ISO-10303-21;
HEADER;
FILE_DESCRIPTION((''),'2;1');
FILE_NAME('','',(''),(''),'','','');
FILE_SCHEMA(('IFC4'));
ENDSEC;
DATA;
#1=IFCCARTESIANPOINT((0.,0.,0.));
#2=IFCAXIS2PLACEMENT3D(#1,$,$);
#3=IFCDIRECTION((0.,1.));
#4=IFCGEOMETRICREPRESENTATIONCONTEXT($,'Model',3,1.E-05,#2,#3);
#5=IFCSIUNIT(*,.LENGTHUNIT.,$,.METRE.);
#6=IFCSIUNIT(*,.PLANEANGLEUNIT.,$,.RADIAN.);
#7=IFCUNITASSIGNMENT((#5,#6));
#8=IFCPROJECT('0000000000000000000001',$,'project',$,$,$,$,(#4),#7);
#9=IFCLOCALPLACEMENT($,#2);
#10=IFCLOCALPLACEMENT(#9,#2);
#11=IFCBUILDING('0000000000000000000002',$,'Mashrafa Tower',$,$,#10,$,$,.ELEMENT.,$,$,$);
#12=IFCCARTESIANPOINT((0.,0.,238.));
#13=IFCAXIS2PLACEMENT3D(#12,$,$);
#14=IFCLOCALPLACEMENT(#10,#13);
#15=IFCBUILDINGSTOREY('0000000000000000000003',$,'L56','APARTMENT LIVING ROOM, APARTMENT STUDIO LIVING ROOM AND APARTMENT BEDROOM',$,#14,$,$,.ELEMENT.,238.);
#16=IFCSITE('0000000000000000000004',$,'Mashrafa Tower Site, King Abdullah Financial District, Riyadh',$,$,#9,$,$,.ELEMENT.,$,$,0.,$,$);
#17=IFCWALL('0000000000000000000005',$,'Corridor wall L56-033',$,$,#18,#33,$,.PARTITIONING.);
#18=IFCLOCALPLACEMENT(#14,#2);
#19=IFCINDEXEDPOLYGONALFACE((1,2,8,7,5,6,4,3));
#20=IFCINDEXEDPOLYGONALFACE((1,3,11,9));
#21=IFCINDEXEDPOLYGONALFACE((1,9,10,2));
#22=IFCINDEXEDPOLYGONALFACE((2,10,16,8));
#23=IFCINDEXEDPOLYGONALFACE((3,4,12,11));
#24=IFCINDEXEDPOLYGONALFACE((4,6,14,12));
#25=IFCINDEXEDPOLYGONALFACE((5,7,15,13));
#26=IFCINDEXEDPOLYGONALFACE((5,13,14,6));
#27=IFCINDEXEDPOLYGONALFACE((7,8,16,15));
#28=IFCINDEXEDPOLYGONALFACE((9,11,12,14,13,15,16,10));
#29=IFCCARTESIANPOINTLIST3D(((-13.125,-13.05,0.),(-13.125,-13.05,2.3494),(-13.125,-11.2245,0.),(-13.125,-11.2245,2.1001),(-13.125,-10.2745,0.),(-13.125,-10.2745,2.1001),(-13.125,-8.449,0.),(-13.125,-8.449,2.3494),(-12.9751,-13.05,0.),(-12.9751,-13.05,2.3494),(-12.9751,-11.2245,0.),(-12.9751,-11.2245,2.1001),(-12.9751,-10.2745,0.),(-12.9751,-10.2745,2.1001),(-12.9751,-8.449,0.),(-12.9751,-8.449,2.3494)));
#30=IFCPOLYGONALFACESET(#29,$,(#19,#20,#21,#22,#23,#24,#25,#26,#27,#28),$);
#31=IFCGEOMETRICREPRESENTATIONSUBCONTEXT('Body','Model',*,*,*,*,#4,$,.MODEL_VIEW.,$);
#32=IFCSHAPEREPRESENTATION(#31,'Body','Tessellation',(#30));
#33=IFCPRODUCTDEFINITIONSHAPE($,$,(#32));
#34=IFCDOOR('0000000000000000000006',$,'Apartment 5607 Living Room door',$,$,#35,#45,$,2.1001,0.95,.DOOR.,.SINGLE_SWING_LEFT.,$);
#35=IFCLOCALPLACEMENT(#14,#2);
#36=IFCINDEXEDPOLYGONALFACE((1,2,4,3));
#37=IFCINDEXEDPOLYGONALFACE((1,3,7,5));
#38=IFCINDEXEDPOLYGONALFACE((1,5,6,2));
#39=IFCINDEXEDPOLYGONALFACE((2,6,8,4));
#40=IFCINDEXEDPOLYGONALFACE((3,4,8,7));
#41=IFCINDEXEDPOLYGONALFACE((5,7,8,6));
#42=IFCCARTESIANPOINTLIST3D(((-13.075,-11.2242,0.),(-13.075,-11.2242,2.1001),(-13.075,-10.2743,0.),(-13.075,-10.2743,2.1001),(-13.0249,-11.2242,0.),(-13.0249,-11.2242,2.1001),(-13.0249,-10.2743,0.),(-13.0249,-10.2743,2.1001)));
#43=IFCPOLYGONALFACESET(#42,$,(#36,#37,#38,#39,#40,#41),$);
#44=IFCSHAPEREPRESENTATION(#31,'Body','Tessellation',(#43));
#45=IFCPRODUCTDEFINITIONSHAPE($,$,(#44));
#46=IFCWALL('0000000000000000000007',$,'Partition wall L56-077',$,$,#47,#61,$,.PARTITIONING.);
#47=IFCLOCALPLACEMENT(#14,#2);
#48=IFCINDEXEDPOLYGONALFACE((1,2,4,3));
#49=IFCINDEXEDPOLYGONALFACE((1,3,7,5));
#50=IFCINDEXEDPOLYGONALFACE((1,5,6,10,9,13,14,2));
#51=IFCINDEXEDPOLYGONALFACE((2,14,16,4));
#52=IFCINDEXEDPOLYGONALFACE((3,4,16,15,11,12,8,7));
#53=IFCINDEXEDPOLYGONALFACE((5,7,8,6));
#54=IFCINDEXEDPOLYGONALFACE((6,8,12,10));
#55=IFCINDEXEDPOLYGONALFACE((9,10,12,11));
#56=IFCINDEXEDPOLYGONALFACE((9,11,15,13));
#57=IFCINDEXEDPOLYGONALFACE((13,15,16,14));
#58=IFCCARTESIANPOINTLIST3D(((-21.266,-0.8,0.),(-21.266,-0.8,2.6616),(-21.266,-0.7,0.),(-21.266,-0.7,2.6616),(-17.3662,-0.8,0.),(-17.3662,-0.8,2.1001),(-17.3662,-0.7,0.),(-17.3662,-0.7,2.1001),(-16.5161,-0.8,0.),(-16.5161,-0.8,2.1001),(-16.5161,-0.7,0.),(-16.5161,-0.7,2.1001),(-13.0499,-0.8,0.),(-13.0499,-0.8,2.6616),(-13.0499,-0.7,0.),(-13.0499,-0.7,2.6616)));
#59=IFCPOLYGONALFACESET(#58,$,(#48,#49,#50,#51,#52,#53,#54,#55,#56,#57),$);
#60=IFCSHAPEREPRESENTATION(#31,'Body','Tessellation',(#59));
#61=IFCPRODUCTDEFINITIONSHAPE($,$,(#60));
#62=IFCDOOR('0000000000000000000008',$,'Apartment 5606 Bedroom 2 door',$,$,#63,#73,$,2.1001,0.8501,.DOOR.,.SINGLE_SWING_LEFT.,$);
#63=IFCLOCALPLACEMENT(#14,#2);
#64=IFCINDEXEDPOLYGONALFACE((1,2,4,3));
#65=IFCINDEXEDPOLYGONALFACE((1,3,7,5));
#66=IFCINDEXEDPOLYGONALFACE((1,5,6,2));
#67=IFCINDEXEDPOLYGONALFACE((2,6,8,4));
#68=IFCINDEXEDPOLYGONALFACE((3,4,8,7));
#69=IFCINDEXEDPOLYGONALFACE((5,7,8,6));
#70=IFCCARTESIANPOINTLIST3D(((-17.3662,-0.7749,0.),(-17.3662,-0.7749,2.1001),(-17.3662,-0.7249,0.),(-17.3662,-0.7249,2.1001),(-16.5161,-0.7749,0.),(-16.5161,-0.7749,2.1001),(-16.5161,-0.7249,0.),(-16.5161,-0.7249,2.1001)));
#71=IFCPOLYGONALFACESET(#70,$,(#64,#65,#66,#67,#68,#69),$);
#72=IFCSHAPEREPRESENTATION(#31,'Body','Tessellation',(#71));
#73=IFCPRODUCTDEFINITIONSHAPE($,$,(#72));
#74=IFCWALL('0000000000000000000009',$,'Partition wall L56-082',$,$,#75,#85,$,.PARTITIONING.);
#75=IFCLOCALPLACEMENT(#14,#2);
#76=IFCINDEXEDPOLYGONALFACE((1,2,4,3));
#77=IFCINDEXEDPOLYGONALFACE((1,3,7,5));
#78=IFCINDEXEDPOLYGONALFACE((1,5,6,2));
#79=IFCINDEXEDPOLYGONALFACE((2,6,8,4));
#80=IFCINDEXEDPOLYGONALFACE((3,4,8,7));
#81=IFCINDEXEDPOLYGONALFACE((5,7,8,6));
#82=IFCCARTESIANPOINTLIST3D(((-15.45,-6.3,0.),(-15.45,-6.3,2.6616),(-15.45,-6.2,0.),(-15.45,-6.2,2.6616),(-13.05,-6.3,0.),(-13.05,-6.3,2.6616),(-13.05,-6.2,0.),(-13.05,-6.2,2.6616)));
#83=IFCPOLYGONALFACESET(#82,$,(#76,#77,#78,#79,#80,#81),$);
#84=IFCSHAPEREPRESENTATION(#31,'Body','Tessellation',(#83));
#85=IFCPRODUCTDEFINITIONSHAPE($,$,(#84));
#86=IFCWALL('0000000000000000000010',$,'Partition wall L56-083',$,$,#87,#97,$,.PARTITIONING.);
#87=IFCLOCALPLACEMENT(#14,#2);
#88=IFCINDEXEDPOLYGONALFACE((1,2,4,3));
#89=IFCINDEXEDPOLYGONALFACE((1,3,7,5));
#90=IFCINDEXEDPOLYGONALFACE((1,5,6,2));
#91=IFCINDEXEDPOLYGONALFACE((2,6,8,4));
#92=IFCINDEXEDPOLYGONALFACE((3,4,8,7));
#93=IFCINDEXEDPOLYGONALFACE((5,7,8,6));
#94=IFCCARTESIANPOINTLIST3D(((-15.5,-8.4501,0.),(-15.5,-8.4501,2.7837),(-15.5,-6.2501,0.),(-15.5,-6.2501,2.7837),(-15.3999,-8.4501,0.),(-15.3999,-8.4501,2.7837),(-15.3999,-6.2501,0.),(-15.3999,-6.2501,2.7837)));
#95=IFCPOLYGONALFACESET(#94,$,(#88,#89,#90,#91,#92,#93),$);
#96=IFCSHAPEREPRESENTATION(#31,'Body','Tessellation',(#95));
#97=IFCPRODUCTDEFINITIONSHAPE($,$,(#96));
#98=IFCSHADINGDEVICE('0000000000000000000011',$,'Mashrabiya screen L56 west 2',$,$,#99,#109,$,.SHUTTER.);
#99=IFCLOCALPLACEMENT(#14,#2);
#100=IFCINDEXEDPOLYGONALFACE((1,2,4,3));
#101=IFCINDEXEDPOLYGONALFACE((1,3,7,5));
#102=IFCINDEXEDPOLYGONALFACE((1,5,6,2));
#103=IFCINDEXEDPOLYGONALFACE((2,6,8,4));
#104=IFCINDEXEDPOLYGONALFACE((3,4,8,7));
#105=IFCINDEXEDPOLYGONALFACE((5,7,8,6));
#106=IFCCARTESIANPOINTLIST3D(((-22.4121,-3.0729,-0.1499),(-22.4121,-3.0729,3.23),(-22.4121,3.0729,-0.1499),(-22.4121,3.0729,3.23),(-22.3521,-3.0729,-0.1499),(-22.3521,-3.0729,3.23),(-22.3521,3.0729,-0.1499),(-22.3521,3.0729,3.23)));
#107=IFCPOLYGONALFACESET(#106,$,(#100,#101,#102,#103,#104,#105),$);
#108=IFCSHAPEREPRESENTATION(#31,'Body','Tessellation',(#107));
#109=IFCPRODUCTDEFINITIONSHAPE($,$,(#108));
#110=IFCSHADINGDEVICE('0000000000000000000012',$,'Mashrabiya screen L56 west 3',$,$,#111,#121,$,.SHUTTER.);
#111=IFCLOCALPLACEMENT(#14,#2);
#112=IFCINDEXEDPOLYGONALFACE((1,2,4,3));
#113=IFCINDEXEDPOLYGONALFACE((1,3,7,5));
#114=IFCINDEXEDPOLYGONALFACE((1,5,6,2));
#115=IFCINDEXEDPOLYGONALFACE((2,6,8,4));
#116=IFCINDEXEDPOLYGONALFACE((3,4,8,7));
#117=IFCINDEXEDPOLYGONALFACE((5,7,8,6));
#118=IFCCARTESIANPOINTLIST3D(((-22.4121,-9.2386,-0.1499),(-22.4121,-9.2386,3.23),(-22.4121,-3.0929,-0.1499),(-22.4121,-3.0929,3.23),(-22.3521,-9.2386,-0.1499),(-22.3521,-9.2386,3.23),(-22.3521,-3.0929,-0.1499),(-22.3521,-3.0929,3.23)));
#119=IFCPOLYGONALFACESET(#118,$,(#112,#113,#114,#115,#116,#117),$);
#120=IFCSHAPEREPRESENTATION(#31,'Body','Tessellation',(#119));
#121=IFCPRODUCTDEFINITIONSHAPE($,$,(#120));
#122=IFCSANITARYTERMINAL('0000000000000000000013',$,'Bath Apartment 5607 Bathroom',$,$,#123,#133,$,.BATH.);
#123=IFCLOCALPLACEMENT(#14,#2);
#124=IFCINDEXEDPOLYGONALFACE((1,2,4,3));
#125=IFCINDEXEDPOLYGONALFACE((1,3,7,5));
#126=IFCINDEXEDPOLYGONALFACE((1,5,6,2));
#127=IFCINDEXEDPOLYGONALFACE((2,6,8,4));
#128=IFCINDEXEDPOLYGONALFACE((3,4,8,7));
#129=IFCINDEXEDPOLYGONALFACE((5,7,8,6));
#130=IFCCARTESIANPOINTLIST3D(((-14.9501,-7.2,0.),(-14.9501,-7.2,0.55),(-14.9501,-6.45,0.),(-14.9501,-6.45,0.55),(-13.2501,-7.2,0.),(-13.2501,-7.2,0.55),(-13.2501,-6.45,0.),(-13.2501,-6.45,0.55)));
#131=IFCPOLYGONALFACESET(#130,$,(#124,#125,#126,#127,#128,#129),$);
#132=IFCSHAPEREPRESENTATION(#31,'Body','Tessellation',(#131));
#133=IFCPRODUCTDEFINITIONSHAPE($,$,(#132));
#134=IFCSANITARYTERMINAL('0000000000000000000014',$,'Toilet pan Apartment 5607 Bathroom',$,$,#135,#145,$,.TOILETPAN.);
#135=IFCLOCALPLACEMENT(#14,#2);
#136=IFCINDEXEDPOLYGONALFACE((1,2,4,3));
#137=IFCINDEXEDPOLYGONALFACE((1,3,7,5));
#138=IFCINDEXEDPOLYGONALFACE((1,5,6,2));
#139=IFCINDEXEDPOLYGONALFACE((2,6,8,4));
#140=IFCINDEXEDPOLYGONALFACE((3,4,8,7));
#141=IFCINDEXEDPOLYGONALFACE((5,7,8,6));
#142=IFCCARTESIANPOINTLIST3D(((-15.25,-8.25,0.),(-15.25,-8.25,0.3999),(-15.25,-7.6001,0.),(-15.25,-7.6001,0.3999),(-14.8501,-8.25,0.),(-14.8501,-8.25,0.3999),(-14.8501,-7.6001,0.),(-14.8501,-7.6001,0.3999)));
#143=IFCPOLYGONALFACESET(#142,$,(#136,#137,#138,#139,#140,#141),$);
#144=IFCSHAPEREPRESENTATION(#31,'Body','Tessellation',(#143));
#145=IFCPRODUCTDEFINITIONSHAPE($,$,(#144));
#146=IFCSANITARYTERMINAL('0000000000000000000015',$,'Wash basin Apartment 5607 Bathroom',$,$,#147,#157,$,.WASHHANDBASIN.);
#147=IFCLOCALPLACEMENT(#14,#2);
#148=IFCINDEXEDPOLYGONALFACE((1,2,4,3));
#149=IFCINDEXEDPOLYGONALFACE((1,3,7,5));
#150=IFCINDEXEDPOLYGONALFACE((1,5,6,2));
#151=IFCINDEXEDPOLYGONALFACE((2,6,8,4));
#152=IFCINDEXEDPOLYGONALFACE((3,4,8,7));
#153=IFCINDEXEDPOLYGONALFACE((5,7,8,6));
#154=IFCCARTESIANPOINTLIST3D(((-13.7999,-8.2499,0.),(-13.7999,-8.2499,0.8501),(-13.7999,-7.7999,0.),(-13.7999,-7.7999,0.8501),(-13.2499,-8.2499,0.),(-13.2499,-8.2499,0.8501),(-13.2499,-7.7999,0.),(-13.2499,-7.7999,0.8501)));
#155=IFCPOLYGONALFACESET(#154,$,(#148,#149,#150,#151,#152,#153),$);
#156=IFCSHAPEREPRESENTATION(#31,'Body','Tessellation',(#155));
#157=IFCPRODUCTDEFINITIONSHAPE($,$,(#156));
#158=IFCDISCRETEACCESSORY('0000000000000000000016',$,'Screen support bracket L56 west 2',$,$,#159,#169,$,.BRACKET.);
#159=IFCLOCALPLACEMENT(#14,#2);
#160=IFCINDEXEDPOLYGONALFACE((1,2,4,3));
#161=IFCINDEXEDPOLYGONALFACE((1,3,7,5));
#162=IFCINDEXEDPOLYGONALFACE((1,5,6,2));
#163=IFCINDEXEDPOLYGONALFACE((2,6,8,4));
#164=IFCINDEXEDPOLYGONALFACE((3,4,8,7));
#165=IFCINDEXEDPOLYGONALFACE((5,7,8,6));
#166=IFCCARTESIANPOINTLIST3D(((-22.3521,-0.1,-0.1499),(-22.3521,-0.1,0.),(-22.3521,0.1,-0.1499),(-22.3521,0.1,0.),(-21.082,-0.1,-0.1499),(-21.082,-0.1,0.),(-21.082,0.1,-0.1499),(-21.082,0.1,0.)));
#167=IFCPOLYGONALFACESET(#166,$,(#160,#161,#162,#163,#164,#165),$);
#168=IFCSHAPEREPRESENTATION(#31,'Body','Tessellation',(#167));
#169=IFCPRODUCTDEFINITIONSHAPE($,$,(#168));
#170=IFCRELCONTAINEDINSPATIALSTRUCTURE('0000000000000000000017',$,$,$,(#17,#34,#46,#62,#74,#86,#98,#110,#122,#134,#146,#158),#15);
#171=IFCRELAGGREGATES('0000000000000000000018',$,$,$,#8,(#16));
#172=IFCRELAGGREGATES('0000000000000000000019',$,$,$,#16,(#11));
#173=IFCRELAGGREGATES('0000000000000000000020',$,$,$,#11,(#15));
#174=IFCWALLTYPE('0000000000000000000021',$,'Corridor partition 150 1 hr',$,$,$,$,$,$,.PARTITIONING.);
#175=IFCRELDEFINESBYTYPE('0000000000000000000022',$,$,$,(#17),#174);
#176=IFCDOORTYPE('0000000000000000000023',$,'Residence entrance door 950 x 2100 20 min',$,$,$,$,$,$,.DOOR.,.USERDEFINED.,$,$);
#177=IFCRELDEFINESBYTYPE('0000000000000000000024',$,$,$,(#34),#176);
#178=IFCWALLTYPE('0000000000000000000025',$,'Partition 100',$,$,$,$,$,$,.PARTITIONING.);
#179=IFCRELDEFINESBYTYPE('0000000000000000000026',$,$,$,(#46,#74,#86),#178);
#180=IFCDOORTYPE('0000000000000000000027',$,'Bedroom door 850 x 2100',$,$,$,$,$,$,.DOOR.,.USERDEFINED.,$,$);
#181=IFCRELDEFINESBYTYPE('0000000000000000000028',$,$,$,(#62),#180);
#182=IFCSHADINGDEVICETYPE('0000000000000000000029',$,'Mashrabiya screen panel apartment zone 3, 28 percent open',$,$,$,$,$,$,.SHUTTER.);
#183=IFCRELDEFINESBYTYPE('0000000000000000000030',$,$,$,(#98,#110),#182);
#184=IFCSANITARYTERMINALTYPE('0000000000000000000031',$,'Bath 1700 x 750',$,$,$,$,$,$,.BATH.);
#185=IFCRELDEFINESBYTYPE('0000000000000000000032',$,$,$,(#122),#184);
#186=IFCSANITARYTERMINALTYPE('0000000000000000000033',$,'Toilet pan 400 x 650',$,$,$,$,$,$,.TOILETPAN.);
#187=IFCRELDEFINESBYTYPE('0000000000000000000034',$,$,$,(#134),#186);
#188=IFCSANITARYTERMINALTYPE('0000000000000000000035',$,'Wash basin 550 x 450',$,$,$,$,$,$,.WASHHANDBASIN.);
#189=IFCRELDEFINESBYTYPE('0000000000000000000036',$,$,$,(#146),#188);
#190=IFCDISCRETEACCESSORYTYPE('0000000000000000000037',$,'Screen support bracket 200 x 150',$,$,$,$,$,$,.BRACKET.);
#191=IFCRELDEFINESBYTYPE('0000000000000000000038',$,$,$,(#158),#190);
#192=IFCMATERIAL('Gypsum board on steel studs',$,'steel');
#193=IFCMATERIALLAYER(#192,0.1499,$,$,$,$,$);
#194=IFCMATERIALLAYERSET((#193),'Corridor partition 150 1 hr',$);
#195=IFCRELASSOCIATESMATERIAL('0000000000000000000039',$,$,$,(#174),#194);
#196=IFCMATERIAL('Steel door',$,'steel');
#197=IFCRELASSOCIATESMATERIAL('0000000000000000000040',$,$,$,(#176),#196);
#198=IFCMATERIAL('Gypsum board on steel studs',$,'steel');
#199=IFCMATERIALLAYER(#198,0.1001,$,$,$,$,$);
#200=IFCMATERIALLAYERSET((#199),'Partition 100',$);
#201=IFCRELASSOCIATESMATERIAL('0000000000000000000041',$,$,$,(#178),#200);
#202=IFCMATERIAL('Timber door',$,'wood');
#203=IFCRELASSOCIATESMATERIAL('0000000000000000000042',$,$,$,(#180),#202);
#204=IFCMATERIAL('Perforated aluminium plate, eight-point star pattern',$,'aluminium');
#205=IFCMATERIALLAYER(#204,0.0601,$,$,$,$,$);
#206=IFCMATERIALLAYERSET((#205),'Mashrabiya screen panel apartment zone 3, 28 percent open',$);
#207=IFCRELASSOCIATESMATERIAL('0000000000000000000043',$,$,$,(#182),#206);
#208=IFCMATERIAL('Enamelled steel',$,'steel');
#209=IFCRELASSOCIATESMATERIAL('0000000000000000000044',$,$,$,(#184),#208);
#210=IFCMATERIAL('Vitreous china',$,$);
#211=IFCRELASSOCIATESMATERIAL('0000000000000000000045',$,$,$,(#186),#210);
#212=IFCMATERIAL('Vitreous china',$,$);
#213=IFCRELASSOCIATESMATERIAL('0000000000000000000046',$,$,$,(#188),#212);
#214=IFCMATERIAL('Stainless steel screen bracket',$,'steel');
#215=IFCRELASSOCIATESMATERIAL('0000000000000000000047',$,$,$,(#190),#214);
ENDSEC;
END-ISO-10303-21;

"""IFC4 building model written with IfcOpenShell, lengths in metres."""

from ifc_helpers import new_model, si_unit, direction, frame, frame_2d, origin, origin_2d, place, context, subcontext, project, spatial, rectangle, extrude, source, transform, mapped, material, layer, layer_set, type_object, type_shapes, element, fill, save


model = new_model("IFC4")

# Units and contexts
model_context = context("Model", 3, precision=1e-05, world=origin(), true_north=direction((0.0, 1.0)))
body_context = subcontext(model_context, "Body", "Model", "MODEL_VIEW")
ifc_project = project(units=[si_unit("LENGTHUNIT", "METRE"), si_unit("PLANEANGLEUNIT", "RADIAN")], contexts=[model_context])

# Site, building, storey
site_placement = place(None, origin())
site = spatial("IfcSite", under=ifc_project, at=site_placement, Name="Mashrafa Tower Site, King Abdullah Financial District, Riyadh", CompositionType="ELEMENT", RefElevation=0.0)
building_placement = place(site_placement, origin())
building = spatial("IfcBuilding", under=site, at=building_placement, Name="Mashrafa Tower", CompositionType="ELEMENT")
storey_placement = place(building_placement, frame((0.0, 0.0, 238.0)))
storey = spatial("IfcBuildingStorey", under=building, at=storey_placement, Name="L56", Description="APARTMENT LIVING ROOM, APARTMENT STUDIO LIVING ROOM AND APARTMENT BEDROOM", CompositionType="ELEMENT", Elevation=238.0)

# Shared definitions
ifc_material_1 = material(Name="Gypsum board on steel studs", Category="steel")
ifc_layer_1 = layer(ifc_material_1, 0.1499)
ifc_layer_set_1 = layer_set([ifc_layer_1], Name="Corridor partition 150 1 hr")
wall_type_1 = type_object("IfcWallType", Name="Corridor partition 150 1 hr", PredefinedType="PARTITIONING", material=ifc_layer_set_1)

# Walls, openings, doors
wall_1_placement = place(storey_placement, frame((-13.05, -8.449, 0.0), z_axis=(0.0, 0.0, 1.0), x_axis=(0.0, -1.0, 0.0)))
wall_1 = element("IfcWall", 1, at=wall_1_placement, inside=storey, type_object=wall_type_1, Name="Corridor wall L56-033", PredefinedType="PARTITIONING", context=body_context, shape_type="SweptSolid", body=[
    extrude(rectangle(XDim=4.6011, YDim=0.1499, at=frame_2d((2.3005, 0.0))), origin(), (0.0, 0.0, 1.0), 2.3494),
])
opening_1_placement = place(wall_1_placement, frame((1.8254, 0.0, 0.0)))
opening_1 = element("IfcOpeningElement", 2, at=opening_1_placement, cuts=wall_1, PredefinedType="OPENING", context=body_context, shape_type="SweptSolid", body=[
    extrude(rectangle(XDim=0.95, YDim=2.1001, at=frame_2d((0.4751, 1.05))), frame((0.0, 0.085, 0.0), z_axis=(0.0, -1.0, 0.0), x_axis=(1.0, 0.0, 0.0)), (0.0, 0.0, 1.0), 0.1699),
])
ifc_material_2 = material(Name="Steel door", Category="steel")
door_type_1 = type_object("IfcDoorType", Name="Residence entrance door 950 x 2100 20 min", OperationType="USERDEFINED", PredefinedType="DOOR", material=ifc_material_2)
door_1_placement = place(opening_1_placement, frame((0.95, 0.0, 0.0), z_axis=(0.0, 0.0, 1.0), x_axis=(-1.0, 0.0, 0.0)))
door_1 = element("IfcDoor", 3, at=door_1_placement, inside=storey, type_object=door_type_1, Name="Apartment 5607 Living Room door", OperationType="SINGLE_SWING_LEFT", OverallHeight=2.1001, OverallWidth=0.95, PredefinedType="DOOR", context=body_context, shape_type="SweptSolid", body=[
    extrude(rectangle(XDim=0.95, YDim=2.1001, at=frame_2d((0.4751, 1.05))), frame((0.0, 0.0249, 0.0), z_axis=(0.0, -1.0, 0.0), x_axis=(1.0, 0.0, 0.0)), (0.0, 0.0, 1.0), 0.05),
])
fill(opening_1, door_1)
ifc_material_3 = material(Name="Gypsum board on steel studs", Category="steel")
ifc_layer_2 = layer(ifc_material_3, 0.1001)
ifc_layer_set_2 = layer_set([ifc_layer_2], Name="Partition 100")
wall_type_2 = type_object("IfcWallType", Name="Partition 100", PredefinedType="PARTITIONING", material=ifc_layer_set_2)
wall_2_placement = place(storey_placement, frame((-13.05, -0.75, 0.0), z_axis=(0.0, 0.0, 1.0), x_axis=(-1.0, 0.0, 0.0)))
wall_2 = element("IfcWall", 4, at=wall_2_placement, inside=storey, type_object=wall_type_2, Name="Partition wall L56-077", PredefinedType="PARTITIONING", context=body_context, shape_type="SweptSolid", body=[
    extrude(rectangle(XDim=8.2161, YDim=0.1001, at=frame_2d((4.1079, 0.0))), origin(), (0.0, 0.0, 1.0), 2.6616),
])
opening_2_placement = place(wall_2_placement, frame((3.4661, 0.0, 0.0)))
opening_2 = element("IfcOpeningElement", 5, at=opening_2_placement, cuts=wall_2, PredefinedType="OPENING", context=body_context, shape_type="SweptSolid", body=[
    extrude(rectangle(XDim=0.8501, YDim=2.1001, at=frame_2d((0.425, 1.05))), frame((0.0, 0.0601, 0.0), z_axis=(0.0, -1.0, 0.0), x_axis=(1.0, 0.0, 0.0)), (0.0, 0.0, 1.0), 0.1201),
])
ifc_material_4 = material(Name="Timber door", Category="wood")
door_type_2 = type_object("IfcDoorType", Name="Bedroom door 850 x 2100", OperationType="USERDEFINED", PredefinedType="DOOR", material=ifc_material_4)
door_2_placement = place(opening_2_placement, origin())
door_2 = element("IfcDoor", 6, at=door_2_placement, inside=storey, type_object=door_type_2, Name="Apartment 5606 Bedroom 2 door", OperationType="SINGLE_SWING_LEFT", OverallHeight=2.1001, OverallWidth=0.8501, PredefinedType="DOOR", context=body_context, shape_type="SweptSolid", body=[
    extrude(rectangle(XDim=0.8501, YDim=2.1001, at=frame_2d((0.425, 1.05))), frame((0.0, 0.0249, 0.0), z_axis=(0.0, -1.0, 0.0), x_axis=(1.0, 0.0, 0.0)), (0.0, 0.0, 1.0), 0.05),
])
fill(opening_2, door_2)

# Walls
wall_3_placement = place(storey_placement, frame((-13.05, -6.25, 0.0), z_axis=(0.0, 0.0, 1.0), x_axis=(-1.0, 0.0, 0.0)))
element("IfcWall", 7, at=wall_3_placement, inside=storey, type_object=wall_type_2, Name="Partition wall L56-082", PredefinedType="PARTITIONING", context=body_context, shape_type="SweptSolid", body=[
    extrude(rectangle(XDim=2.3999, YDim=0.1001, at=frame_2d((1.2, 0.0))), origin(), (0.0, 0.0, 1.0), 2.6616),
])
wall_4_placement = place(storey_placement, frame((-15.45, -6.25, 0.0), z_axis=(0.0, 0.0, 1.0), x_axis=(0.0, -1.0, 0.0)))
element("IfcWall", 8, at=wall_4_placement, inside=storey, type_object=wall_type_2, Name="Partition wall L56-083", PredefinedType="PARTITIONING", context=body_context, shape_type="SweptSolid", body=[
    extrude(rectangle(XDim=2.2, YDim=0.1001, at=frame_2d((1.1001, 0.0))), origin(), (0.0, 0.0, 1.0), 2.7837),
])

# Shading devices
ifc_material_5 = material(Name="Perforated aluminium plate, eight-point star pattern", Category="aluminium")
ifc_layer_3 = layer(ifc_material_5, 0.0601)
ifc_layer_set_3 = layer_set([ifc_layer_3], Name="Mashrabiya screen panel apartment zone 3, 28 percent open")
shading_device_type = type_object("IfcShadingDeviceType", Name="Mashrabiya screen panel apartment zone 3, 28 percent open", PredefinedType="SHUTTER", material=ifc_layer_set_3)
shared_shape_1 = source(origin(), body_context, "Body", "SweptSolid", [
    extrude(rectangle(XDim=6.1458, YDim=0.0601, at=origin_2d()), origin(), (0.0, 0.0, 1.0), 3.3799),
])
type_shapes(shading_device_type, [shared_shape_1])
for number, where, z_axis, x_axis, name in (
    (9, (-22.3821, 0.0, -0.1499), (0.0, 0.0, 1.0), (0.0, -1.0, 0.0), "Mashrabiya screen L56 west 2"),
    (10, (-22.3821, -6.1658, -0.1499), (0.0, 0.0, 1.0), (0.0, -1.0, 0.0), "Mashrabiya screen L56 west 3"),
):
    element("IfcShadingDevice", number, at=place(storey_placement, frame(where, z_axis=z_axis, x_axis=x_axis)), inside=storey, type_object=shading_device_type, Name=name, PredefinedType="SHUTTER", context=body_context, shape_type="MappedRepresentation", body=[
        mapped(shared_shape_1, transform((0.0, 0.0, 0.0))),
    ])

# Sanitary terminals
ifc_material_6 = material(Name="Enamelled steel", Category="steel")
sanitary_terminal_type_1 = type_object("IfcSanitaryTerminalType", Name="Bath 1700 x 750", PredefinedType="BATH", material=ifc_material_6)
sanitary_terminal_1_placement = place(storey_placement, frame((-14.1001, -6.825, 0.0), z_axis=(0.0, 0.0, 1.0), x_axis=(-1.0, 0.0, 0.0)))
element("IfcSanitaryTerminal", 11, at=sanitary_terminal_1_placement, inside=storey, type_object=sanitary_terminal_type_1, Name="Bath Apartment 5607 Bathroom", PredefinedType="BATH", context=body_context, shape_type="SweptSolid", body=[
    extrude(rectangle(XDim=1.7, YDim=0.75, at=origin_2d()), origin(), (0.0, 0.0, 1.0), 0.55),
])
ifc_material_7 = material(Name="Vitreous china")
sanitary_terminal_type_2 = type_object("IfcSanitaryTerminalType", Name="Toilet pan 400 x 650", PredefinedType="TOILETPAN", material=ifc_material_7)
sanitary_terminal_2_placement = place(storey_placement, frame((-15.05, -7.925, 0.0), z_axis=(0.0, 0.0, 1.0), x_axis=(1.0, 0.0, 0.0)))
element("IfcSanitaryTerminal", 12, at=sanitary_terminal_2_placement, inside=storey, type_object=sanitary_terminal_type_2, Name="Toilet pan Apartment 5607 Bathroom", PredefinedType="TOILETPAN", context=body_context, shape_type="SweptSolid", body=[
    extrude(rectangle(XDim=0.3999, YDim=0.6499, at=origin_2d()), origin(), (0.0, 0.0, 1.0), 0.3999),
])
ifc_material_8 = material(Name="Vitreous china")
sanitary_terminal_type_3 = type_object("IfcSanitaryTerminalType", Name="Wash basin 550 x 450", PredefinedType="WASHHANDBASIN", material=ifc_material_8)
sanitary_terminal_3_placement = place(storey_placement, frame((-13.5249, -8.0249, 0.0), z_axis=(0.0, 0.0, 1.0), x_axis=(1.0, 0.0, 0.0)))
element("IfcSanitaryTerminal", 13, at=sanitary_terminal_3_placement, inside=storey, type_object=sanitary_terminal_type_3, Name="Wash basin Apartment 5607 Bathroom", PredefinedType="WASHHANDBASIN", context=body_context, shape_type="SweptSolid", body=[
    extrude(rectangle(XDim=0.55, YDim=0.45, at=origin_2d()), origin(), (0.0, 0.0, 1.0), 0.8501),
])

# Discrete accessory
ifc_material_9 = material(Name="Stainless steel screen bracket", Category="steel")
discrete_accessory_type = type_object("IfcDiscreteAccessoryType", Name="Screen support bracket 200 x 150", PredefinedType="BRACKET", material=ifc_material_9)
shared_shape_2 = source(origin(), body_context, "Body", "SweptSolid", [
    extrude(rectangle(XDim=0.2, YDim=1.27, at=origin_2d()), origin(), (0.0, 0.0, 1.0), 0.1499),
])
type_shapes(discrete_accessory_type, [shared_shape_2])
for number, where, z_axis, x_axis, name in (
    (14, (-21.717, 0.0, -0.1499), (0.0, 0.0, 1.0), (0.0, -1.0, 0.0), "Screen support bracket L56 west 2"),
):
    element("IfcDiscreteAccessory", number, at=place(storey_placement, frame(where, z_axis=z_axis, x_axis=x_axis)), inside=storey, type_object=discrete_accessory_type, Name=name, PredefinedType="BRACKET", context=body_context, shape_type="MappedRepresentation", body=[
        mapped(shared_shape_2, transform((0.0, 0.0, 0.0))),
    ])

save(model, "model.ifc")
